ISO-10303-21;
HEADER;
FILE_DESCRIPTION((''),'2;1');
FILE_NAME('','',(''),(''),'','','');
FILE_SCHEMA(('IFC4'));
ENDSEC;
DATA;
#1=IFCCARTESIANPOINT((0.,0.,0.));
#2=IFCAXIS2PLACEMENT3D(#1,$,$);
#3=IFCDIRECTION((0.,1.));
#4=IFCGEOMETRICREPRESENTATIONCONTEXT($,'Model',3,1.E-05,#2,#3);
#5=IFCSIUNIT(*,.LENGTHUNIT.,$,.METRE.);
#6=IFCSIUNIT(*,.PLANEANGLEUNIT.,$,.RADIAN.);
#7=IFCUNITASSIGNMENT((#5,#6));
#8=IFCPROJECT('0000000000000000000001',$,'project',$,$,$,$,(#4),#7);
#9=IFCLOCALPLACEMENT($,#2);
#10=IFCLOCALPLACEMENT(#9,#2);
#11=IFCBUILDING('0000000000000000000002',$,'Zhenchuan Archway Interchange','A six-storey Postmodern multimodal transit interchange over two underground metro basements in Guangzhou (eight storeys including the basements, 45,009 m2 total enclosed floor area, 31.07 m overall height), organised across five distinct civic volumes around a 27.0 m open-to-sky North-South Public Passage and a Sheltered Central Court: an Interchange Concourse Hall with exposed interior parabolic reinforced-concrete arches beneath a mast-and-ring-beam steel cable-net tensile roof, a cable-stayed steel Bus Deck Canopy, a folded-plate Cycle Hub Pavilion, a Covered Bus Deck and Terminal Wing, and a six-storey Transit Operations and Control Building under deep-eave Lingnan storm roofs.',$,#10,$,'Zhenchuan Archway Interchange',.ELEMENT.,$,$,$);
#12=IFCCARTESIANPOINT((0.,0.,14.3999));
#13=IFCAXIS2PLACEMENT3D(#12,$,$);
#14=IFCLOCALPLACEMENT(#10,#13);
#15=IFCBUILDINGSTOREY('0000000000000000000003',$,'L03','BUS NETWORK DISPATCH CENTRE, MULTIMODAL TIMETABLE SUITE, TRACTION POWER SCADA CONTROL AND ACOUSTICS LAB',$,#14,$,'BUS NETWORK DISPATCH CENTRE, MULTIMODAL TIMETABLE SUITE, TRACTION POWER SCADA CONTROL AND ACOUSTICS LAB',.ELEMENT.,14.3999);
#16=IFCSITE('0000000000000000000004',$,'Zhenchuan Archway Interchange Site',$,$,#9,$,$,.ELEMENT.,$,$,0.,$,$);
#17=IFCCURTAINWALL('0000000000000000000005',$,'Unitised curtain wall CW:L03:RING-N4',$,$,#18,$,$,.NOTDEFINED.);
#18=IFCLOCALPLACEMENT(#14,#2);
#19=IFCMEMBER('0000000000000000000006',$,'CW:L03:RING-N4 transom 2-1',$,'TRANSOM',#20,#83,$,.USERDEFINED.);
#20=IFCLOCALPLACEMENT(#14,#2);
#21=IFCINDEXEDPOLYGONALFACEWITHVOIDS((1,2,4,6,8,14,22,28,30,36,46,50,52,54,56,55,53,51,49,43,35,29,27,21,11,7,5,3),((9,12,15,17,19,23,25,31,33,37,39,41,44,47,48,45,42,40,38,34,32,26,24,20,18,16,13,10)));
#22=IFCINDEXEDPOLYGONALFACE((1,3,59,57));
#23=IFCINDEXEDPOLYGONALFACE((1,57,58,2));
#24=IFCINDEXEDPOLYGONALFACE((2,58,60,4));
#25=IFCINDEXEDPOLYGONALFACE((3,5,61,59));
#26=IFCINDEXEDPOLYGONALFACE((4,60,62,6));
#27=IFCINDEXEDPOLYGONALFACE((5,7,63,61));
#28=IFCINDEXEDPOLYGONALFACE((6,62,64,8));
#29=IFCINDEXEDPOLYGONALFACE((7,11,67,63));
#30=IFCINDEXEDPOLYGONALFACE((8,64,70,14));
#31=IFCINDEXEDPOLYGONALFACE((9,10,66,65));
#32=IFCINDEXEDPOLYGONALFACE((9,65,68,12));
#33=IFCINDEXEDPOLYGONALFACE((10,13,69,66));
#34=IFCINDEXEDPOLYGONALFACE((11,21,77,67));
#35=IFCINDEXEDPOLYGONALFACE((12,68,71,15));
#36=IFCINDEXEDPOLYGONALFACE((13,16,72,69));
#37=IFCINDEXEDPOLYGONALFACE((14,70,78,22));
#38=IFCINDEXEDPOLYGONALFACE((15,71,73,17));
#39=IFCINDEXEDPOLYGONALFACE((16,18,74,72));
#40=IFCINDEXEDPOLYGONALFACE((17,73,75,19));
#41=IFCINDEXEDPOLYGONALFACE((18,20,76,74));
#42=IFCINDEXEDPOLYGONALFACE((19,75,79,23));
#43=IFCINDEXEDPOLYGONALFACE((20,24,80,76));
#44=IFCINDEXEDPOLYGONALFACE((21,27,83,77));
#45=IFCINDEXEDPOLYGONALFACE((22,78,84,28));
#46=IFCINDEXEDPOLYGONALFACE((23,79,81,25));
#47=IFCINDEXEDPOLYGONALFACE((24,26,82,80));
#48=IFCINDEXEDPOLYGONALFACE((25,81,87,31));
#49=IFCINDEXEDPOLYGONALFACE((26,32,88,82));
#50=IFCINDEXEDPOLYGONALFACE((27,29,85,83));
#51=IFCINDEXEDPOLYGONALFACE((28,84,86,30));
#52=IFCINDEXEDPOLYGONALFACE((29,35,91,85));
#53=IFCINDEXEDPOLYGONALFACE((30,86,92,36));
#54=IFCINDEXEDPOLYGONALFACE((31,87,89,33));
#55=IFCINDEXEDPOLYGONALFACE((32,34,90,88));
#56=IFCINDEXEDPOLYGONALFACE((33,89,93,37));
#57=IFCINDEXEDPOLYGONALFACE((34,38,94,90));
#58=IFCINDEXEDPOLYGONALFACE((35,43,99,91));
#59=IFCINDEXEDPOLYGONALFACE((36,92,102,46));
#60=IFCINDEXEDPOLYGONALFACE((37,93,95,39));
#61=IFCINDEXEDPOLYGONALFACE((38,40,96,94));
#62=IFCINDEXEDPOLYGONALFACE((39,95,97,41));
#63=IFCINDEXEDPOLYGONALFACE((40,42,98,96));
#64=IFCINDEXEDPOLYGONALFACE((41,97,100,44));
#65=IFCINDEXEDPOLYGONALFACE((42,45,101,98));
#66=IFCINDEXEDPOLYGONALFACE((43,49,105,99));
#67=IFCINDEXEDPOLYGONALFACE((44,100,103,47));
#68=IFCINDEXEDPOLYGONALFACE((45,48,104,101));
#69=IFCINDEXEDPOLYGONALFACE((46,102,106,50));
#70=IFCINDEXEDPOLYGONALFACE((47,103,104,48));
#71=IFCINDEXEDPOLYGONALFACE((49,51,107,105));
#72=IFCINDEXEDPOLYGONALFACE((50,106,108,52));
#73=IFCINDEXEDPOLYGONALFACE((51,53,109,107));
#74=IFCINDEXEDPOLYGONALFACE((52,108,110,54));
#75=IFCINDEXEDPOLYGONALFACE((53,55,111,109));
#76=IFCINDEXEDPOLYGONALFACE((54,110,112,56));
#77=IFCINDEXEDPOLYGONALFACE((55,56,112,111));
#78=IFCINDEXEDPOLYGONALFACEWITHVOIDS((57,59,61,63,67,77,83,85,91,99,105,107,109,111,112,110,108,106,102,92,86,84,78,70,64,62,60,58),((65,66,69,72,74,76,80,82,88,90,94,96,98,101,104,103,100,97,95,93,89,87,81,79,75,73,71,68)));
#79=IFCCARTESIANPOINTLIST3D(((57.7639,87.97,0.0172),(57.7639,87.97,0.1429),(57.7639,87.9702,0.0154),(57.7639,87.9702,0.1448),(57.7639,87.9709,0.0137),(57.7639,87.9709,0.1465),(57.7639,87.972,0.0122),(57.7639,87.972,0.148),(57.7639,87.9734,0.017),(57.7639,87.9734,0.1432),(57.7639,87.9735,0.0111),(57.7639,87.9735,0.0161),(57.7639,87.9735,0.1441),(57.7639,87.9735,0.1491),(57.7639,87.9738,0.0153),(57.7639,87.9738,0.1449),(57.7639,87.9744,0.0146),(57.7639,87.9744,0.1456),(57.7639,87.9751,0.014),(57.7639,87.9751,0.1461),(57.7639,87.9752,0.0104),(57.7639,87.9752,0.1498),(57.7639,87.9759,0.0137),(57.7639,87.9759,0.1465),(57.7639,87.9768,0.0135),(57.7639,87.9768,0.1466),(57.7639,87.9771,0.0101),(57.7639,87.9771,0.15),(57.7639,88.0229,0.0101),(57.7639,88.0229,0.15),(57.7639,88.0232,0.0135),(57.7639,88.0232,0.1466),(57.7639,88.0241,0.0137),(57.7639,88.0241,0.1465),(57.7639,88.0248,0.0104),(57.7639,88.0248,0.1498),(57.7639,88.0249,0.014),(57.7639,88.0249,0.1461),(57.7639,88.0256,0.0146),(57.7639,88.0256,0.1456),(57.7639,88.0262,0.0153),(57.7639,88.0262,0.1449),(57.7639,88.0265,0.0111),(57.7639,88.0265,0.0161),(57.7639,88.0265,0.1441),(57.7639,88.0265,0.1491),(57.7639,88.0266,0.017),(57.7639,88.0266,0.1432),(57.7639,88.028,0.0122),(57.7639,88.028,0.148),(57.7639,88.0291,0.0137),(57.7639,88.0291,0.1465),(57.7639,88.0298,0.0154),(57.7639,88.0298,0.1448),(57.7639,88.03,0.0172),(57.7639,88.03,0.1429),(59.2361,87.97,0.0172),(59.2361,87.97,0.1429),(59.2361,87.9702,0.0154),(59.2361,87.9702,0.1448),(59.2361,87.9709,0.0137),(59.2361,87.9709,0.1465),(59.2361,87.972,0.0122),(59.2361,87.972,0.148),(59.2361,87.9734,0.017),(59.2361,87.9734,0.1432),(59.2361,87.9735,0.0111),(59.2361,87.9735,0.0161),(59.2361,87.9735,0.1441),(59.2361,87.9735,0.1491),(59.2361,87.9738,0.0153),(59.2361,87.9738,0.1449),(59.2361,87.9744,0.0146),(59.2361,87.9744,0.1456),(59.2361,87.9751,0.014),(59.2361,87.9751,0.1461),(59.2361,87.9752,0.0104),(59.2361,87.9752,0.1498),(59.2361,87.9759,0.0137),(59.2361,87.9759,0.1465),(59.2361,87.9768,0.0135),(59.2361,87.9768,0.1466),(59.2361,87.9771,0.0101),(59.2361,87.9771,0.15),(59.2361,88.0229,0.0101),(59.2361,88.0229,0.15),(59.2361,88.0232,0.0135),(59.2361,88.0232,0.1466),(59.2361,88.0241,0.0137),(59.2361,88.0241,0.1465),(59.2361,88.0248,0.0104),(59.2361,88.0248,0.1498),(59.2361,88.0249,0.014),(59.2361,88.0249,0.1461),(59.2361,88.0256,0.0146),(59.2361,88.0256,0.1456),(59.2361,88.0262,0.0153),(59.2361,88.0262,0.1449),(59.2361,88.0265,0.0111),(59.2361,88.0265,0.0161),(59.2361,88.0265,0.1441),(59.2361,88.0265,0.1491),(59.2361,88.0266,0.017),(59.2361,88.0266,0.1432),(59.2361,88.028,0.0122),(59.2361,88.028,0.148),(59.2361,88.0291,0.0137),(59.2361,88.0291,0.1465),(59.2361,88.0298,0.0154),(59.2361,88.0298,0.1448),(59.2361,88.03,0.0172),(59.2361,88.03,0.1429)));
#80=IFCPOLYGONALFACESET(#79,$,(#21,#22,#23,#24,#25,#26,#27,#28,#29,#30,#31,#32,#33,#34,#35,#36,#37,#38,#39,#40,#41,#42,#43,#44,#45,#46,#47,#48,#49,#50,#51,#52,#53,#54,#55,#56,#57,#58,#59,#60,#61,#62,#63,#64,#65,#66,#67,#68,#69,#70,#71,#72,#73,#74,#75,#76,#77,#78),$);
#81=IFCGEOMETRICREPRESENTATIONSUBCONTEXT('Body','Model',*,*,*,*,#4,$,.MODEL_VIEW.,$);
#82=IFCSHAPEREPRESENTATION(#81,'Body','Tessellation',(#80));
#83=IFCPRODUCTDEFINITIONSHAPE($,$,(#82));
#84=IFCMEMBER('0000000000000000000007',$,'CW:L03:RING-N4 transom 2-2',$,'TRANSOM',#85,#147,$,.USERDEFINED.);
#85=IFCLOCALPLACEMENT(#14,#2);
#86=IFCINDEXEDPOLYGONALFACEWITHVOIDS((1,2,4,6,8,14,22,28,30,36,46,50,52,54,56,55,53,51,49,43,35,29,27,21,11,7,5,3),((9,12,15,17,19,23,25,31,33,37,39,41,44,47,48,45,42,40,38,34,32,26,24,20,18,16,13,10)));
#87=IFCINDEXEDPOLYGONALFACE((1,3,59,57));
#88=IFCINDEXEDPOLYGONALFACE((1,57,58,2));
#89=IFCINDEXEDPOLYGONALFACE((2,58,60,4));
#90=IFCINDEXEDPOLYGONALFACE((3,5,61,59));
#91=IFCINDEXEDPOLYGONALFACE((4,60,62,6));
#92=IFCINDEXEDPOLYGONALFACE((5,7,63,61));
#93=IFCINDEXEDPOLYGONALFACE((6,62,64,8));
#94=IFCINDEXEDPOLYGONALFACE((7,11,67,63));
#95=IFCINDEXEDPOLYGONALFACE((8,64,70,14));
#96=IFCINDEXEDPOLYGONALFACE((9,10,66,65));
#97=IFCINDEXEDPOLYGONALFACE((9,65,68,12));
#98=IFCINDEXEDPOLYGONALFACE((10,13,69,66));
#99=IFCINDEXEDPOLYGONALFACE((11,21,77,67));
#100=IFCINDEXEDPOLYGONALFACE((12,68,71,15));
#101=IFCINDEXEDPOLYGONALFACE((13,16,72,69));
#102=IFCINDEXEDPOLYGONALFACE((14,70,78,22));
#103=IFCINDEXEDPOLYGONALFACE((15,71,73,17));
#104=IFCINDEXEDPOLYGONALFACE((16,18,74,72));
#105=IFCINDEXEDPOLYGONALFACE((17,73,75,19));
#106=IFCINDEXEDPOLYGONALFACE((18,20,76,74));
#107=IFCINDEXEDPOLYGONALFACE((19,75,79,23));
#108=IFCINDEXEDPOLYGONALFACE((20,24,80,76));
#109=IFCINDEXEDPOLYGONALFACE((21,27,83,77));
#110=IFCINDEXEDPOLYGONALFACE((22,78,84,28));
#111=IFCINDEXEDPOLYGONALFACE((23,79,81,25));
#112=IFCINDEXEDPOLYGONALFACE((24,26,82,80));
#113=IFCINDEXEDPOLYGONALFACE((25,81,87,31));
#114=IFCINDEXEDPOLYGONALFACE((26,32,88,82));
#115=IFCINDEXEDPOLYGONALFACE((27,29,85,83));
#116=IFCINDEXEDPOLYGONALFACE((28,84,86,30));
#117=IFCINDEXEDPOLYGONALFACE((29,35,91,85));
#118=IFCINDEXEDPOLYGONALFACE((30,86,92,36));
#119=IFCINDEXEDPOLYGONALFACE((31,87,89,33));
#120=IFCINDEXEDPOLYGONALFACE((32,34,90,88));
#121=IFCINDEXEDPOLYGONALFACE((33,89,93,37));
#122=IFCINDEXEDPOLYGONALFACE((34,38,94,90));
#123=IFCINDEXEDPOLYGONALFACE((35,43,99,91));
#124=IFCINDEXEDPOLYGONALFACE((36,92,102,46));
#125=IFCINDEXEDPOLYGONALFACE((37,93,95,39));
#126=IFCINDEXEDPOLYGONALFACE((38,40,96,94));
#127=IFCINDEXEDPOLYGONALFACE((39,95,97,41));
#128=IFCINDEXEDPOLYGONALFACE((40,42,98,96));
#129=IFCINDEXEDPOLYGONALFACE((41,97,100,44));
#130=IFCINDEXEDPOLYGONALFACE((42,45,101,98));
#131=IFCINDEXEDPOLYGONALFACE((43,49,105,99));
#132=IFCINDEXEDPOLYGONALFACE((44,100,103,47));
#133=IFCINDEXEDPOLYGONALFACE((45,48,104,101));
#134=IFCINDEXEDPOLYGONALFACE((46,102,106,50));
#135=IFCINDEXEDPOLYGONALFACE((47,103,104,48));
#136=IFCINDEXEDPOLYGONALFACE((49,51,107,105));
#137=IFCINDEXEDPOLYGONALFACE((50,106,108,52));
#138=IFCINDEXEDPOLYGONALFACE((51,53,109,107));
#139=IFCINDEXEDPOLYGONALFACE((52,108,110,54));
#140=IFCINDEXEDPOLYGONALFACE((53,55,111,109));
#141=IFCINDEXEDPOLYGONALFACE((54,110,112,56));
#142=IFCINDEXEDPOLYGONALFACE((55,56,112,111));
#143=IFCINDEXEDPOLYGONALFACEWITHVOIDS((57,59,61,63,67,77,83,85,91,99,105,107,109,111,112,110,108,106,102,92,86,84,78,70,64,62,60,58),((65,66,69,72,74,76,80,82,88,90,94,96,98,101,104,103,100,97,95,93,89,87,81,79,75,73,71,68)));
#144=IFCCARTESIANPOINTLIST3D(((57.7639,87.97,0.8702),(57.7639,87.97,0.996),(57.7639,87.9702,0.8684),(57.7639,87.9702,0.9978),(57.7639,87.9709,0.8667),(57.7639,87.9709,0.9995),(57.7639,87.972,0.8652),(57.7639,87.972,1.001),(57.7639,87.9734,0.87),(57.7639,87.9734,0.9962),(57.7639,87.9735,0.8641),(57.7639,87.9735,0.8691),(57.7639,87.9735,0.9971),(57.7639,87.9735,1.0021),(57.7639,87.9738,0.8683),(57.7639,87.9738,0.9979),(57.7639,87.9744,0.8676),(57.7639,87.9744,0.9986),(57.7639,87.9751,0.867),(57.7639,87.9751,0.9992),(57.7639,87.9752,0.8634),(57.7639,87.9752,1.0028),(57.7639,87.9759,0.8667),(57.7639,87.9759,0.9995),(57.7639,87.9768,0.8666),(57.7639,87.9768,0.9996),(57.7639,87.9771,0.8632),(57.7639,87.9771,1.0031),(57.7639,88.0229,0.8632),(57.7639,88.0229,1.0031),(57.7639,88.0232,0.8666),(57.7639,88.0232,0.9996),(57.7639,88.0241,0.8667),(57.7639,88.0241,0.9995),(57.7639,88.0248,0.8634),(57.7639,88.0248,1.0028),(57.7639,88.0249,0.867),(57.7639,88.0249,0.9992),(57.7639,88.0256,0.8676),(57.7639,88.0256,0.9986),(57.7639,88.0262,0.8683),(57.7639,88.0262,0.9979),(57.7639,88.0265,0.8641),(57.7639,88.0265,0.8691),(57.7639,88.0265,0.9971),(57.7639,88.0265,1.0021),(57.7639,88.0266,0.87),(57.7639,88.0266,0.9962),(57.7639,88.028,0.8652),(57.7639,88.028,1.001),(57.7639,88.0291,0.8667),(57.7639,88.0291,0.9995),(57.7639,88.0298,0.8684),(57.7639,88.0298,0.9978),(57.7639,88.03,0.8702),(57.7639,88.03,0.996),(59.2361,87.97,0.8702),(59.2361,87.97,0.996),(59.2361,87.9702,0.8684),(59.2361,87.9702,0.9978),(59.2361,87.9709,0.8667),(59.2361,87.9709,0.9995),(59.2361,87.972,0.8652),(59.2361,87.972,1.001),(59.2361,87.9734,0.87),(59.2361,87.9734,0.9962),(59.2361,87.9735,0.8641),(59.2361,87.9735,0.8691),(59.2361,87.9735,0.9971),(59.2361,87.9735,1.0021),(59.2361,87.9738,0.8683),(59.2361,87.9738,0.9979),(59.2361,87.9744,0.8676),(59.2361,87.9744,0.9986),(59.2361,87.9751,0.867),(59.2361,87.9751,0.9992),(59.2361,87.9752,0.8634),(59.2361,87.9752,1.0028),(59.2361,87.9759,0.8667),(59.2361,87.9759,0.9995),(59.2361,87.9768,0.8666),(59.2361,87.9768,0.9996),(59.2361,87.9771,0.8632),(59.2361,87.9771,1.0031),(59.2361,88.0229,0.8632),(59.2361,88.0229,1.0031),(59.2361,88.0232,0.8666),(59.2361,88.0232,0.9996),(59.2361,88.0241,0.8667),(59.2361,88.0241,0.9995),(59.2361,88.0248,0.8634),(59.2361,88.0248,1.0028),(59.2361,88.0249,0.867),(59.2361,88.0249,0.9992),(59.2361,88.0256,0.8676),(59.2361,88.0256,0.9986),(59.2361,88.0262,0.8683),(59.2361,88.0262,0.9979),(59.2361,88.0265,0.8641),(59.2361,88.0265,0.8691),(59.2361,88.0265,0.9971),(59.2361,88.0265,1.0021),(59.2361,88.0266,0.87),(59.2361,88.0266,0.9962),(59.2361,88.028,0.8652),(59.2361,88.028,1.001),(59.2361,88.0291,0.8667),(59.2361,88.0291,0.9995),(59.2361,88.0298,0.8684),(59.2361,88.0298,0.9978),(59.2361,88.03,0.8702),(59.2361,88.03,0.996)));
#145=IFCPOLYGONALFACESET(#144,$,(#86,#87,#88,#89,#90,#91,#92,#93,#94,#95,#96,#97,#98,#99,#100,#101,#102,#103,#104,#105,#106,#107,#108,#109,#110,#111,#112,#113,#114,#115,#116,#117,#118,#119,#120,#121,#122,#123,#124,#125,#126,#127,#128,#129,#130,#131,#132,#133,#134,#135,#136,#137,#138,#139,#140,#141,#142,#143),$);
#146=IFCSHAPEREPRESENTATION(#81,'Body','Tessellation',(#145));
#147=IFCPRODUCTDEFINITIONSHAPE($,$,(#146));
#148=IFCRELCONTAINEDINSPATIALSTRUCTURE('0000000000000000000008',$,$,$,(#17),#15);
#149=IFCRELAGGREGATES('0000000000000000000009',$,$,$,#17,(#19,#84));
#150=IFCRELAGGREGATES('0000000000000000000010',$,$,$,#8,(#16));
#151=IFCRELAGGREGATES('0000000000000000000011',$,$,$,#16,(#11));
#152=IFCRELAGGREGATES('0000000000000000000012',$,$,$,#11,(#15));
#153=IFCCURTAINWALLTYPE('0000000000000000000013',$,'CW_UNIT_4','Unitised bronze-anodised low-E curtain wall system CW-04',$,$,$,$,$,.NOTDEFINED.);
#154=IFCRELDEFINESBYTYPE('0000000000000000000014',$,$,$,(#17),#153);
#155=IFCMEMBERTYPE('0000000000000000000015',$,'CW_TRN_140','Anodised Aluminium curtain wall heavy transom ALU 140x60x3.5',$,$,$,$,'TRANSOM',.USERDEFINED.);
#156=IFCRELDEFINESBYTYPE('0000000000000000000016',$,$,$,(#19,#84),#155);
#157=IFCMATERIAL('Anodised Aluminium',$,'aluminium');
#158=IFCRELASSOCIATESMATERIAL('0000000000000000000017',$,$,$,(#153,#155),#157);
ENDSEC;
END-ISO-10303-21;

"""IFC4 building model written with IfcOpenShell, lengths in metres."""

from ifc_helpers import new_model, si_unit, direction, frame, origin, origin_2d, place, context, subcontext, project, spatial, hollow_rectangle, extrude, material, material_profile, profile_set, type_object, element, aggregate, save


model = new_model("IFC4")

# Units and contexts
model_context = context("Model", 3, precision=1e-05, world=origin(), true_north=direction((0.0, 1.0)))
body_context = subcontext(model_context, "Body", "Model", "MODEL_VIEW")
ifc_project = project(units=[si_unit("LENGTHUNIT", "METRE"), si_unit("PLANEANGLEUNIT", "RADIAN")], contexts=[model_context])

# Site, building, storey
site_placement = place(None, origin())
site = spatial("IfcSite", under=ifc_project, at=site_placement, Name="Zhenchuan Archway Interchange Site", CompositionType="ELEMENT", RefElevation=0.0)
building_placement = place(site_placement, origin())
building = spatial("IfcBuilding", under=site, at=building_placement, Name="Zhenchuan Archway Interchange", Description="A six-storey Postmodern multimodal transit interchange over two underground metro basements in Guangzhou (eight storeys including the basements, 45,009 m2 total enclosed floor area, 31.07 m overall height), organised across five distinct civic volumes around a 27.0 m open-to-sky North-South Public Passage and a Sheltered Central Court: an Interchange Concourse Hall with exposed interior parabolic reinforced-concrete arches beneath a mast-and-ring-beam steel cable-net tensile roof, a cable-stayed steel Bus Deck Canopy, a folded-plate Cycle Hub Pavilion, a Covered Bus Deck and Terminal Wing, and a six-storey Transit Operations and Control Building under deep-eave Lingnan storm roofs.", LongName="Zhenchuan Archway Interchange", CompositionType="ELEMENT")
storey_placement = place(building_placement, frame((0.0, 0.0, 14.3999)))
storey = spatial("IfcBuildingStorey", under=building, at=storey_placement, Name="L03", Description="BUS NETWORK DISPATCH CENTRE, MULTIMODAL TIMETABLE SUITE, TRACTION POWER SCADA CONTROL AND ACOUSTICS LAB", LongName="BUS NETWORK DISPATCH CENTRE, MULTIMODAL TIMETABLE SUITE, TRACTION POWER SCADA CONTROL AND ACOUSTICS LAB", CompositionType="ELEMENT", Elevation=14.3999)

# Curtain wall
ifc_material_1 = material(Name="Anodised Aluminium", Category="aluminium")
curtain_wall_type = type_object("IfcCurtainWallType", Name="CW_UNIT_4", Description="Unitised bronze-anodised low-E curtain wall system CW-04", PredefinedType="NOTDEFINED", material=ifc_material_1)
curtain_wall_1_placement = place(storey_placement, origin())
curtain_wall_1 = element("IfcCurtainWall", 1, at=curtain_wall_1_placement, inside=storey, type_object=curtain_wall_type, Name="Unitised curtain wall CW:L03:RING-N4", PredefinedType="NOTDEFINED")

# Members
ifc_material_profile_1 = material_profile(ifc_material_1, hollow_rectangle(XDim=0.0601, YDim=0.1399, WallThickness=0.0034, InnerFilletRadius=0.0034, OuterFilletRadius=0.0071, at=origin_2d()), Name="ALU 140x60x3.5")
ifc_profile_set_1 = profile_set([ifc_material_profile_1], Name="Anodised Aluminium")
member_type_1 = type_object("IfcMemberType", Name="CW_TRN_140", Description="Anodised Aluminium curtain wall heavy transom ALU 140x60x3.5", ElementType="TRANSOM", PredefinedType="USERDEFINED", material=ifc_profile_set_1)
member_1_placement = place(storey_placement, frame((57.7639, 88.0, 0.0801), z_axis=(1.0, 0.0, 0.0), x_axis=(0.0, 1.0, 0.0)))
member_1 = element("IfcMember", 2, at=member_1_placement, type_object=member_type_1, Name="CW:L03:RING-N4 transom 2-1", ObjectType="TRANSOM", PredefinedType="USERDEFINED", context=body_context, shape_type="SweptSolid", body=[
    extrude(hollow_rectangle(XDim=0.0601, YDim=0.1399, WallThickness=0.0034, InnerFilletRadius=0.0034, OuterFilletRadius=0.0071, at=origin_2d()), origin(), (0.0, 0.0, 1.0), 1.4722),
])
member_2_placement = place(storey_placement, frame((57.7639, 88.0, 0.9331), z_axis=(1.0, 0.0, 0.0), x_axis=(0.0, 1.0, 0.0)))
member_2 = element("IfcMember", 3, at=member_2_placement, type_object=member_type_1, Name="CW:L03:RING-N4 transom 2-2", ObjectType="TRANSOM", PredefinedType="USERDEFINED", context=body_context, shape_type="SweptSolid", body=[
    extrude(hollow_rectangle(XDim=0.0601, YDim=0.1399, WallThickness=0.0034, InnerFilletRadius=0.0034, OuterFilletRadius=0.0071, at=origin_2d()), origin(), (0.0, 0.0, 1.0), 1.4722),
])

aggregate(curtain_wall_1, [member_1, member_2])

save(model, "model.ifc")
